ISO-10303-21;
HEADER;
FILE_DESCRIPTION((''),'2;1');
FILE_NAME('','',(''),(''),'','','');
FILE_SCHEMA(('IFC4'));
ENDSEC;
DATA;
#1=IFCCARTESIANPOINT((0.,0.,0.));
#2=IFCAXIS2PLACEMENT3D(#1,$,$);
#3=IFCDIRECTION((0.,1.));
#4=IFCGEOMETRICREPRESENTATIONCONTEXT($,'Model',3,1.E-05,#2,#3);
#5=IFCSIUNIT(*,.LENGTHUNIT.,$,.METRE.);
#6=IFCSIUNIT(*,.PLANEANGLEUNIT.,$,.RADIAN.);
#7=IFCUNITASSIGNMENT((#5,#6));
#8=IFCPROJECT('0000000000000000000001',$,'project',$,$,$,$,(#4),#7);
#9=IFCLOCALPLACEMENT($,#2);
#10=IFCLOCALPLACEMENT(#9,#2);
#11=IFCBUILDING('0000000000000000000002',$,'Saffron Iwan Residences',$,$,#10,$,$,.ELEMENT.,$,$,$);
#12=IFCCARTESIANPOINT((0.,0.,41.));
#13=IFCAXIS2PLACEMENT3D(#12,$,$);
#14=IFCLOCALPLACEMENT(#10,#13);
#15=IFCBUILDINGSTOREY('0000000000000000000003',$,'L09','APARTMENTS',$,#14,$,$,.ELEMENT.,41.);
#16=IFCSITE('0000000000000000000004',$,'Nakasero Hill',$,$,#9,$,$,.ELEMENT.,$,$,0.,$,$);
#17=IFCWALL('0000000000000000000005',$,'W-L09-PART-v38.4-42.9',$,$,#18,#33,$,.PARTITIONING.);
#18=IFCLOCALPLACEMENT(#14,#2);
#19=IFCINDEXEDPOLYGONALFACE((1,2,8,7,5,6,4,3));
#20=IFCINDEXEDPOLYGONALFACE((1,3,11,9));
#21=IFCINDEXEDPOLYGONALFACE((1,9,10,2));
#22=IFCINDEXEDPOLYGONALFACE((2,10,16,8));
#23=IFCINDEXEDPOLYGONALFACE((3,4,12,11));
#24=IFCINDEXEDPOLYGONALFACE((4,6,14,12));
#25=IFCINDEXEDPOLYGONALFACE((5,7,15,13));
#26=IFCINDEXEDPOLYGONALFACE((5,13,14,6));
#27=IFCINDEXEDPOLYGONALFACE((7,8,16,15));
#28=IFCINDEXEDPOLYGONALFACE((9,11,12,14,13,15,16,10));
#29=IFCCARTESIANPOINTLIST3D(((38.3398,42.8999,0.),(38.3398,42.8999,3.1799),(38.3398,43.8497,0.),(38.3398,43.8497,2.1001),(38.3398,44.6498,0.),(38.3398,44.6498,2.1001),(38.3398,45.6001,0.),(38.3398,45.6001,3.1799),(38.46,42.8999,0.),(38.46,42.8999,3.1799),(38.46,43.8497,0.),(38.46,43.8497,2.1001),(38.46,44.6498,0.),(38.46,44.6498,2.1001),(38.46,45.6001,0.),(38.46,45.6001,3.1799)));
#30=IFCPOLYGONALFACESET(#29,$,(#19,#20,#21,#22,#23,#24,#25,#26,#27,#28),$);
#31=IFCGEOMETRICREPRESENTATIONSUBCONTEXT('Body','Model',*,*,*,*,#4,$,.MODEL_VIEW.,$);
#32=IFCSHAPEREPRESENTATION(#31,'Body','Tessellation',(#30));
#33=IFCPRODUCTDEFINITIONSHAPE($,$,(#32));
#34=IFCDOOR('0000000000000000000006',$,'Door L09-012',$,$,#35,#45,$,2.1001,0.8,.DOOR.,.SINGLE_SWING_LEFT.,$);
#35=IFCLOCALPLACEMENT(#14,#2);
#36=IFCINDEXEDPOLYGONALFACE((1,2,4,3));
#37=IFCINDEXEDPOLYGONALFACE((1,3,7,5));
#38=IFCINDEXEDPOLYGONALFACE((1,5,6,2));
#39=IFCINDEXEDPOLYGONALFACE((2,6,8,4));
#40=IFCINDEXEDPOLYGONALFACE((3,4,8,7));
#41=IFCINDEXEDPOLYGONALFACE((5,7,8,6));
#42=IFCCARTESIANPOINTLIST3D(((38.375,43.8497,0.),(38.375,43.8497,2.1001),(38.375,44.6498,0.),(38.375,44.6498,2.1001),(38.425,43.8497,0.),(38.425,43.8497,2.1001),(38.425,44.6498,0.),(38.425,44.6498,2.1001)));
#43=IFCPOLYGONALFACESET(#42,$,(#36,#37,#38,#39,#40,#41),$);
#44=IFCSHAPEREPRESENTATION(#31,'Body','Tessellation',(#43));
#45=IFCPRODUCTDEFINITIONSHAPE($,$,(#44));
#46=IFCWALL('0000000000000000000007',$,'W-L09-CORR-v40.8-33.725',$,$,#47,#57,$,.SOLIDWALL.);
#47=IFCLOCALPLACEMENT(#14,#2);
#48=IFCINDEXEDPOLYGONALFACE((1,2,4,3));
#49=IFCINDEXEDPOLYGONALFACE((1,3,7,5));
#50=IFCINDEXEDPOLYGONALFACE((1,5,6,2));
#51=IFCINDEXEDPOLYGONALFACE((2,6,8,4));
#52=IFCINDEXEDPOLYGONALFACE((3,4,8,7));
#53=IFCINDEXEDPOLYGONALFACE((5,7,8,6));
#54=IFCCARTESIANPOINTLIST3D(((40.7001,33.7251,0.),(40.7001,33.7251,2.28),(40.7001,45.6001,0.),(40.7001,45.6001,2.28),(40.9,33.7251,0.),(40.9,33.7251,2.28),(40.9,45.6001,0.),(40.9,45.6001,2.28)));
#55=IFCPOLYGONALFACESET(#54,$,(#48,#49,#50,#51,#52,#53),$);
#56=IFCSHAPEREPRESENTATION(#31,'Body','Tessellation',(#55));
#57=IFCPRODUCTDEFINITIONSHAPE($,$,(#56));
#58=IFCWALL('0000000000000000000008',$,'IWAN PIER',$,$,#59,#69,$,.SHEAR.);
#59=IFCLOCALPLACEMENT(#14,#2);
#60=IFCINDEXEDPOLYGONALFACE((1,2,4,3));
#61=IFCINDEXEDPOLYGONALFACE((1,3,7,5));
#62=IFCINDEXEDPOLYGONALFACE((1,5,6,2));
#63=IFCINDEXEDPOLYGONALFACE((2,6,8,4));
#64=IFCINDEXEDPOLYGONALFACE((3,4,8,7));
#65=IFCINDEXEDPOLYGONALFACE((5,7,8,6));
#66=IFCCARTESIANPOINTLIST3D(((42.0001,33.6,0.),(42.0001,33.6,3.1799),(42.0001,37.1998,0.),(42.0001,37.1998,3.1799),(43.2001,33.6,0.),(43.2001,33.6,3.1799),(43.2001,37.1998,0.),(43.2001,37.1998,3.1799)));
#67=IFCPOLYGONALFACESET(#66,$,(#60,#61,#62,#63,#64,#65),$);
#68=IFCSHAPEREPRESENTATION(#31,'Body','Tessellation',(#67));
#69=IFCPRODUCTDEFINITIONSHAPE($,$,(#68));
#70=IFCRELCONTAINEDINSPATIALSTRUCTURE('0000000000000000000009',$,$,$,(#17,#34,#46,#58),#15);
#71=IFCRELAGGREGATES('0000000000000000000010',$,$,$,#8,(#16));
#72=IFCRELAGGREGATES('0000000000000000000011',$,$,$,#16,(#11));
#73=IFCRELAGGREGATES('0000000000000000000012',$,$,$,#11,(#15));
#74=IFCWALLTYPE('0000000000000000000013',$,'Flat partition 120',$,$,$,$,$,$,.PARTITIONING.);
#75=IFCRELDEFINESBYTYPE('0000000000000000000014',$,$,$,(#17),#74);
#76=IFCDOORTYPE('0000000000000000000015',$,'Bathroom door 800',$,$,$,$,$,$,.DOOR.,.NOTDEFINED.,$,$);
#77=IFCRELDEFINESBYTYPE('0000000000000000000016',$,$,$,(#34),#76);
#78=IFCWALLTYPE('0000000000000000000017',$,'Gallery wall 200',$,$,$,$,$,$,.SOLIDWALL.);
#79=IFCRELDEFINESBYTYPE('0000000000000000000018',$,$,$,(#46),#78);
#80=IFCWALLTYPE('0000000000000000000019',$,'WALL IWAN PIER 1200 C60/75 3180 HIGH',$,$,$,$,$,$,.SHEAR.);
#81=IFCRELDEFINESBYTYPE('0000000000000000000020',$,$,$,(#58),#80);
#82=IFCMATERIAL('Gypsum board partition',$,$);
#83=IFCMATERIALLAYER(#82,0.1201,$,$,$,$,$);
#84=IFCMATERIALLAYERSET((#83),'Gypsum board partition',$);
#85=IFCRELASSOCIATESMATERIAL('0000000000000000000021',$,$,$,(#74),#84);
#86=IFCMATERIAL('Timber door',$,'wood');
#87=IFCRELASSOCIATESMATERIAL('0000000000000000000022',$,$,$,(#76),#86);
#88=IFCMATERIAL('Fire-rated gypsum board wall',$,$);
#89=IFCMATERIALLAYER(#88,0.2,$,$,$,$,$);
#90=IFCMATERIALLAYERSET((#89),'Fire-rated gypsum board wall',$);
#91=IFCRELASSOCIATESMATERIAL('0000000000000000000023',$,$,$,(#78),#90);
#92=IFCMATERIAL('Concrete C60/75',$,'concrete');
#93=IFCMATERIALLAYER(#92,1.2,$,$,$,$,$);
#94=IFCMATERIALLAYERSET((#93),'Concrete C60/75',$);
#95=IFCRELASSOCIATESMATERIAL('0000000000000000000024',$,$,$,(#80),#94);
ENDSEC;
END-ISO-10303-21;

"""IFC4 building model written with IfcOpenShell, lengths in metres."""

from ifc_helpers import new_model, si_unit, direction, frame, frame_2d, origin, place, context, subcontext, project, spatial, rectangle, extrude, material, layer, layer_set, type_object, element, fill, save


model = new_model("IFC4")

# Units and contexts
model_context = context("Model", 3, precision=1e-05, world=origin(), true_north=direction((0.0, 1.0)))
body_context = subcontext(model_context, "Body", "Model", "MODEL_VIEW")
ifc_project = project(units=[si_unit("LENGTHUNIT", "METRE"), si_unit("PLANEANGLEUNIT", "RADIAN")], contexts=[model_context])

# Site, building, storey
site_placement = place(None, origin())
site = spatial("IfcSite", under=ifc_project, at=site_placement, Name="Nakasero Hill", CompositionType="ELEMENT", RefElevation=0.0)
building_placement = place(site_placement, origin())
building = spatial("IfcBuilding", under=site, at=building_placement, Name="Saffron Iwan Residences", CompositionType="ELEMENT")
storey_placement = place(building_placement, frame((0.0, 0.0, 41.0)))
storey = spatial("IfcBuildingStorey", under=building, at=storey_placement, Name="L09", Description="APARTMENTS", CompositionType="ELEMENT", Elevation=41.0)

# Shared definitions
ifc_material_1 = material(Name="Concrete C60/75", Category="concrete")

# Shared definitions
ifc_material_2 = material(Name="Gypsum board partition")
ifc_layer_1 = layer(ifc_material_2, 0.1201)
ifc_layer_set_1 = layer_set([ifc_layer_1], Name="Gypsum board partition")
wall_type_1 = type_object("IfcWallType", Name="Flat partition 120", PredefinedType="PARTITIONING", material=ifc_layer_set_1)

# Wall, opening, door
ifc_material_3 = material(Name="Timber door", Category="wood")
wall_1_placement = place(storey_placement, frame((38.3999, 42.8999, 0.0), z_axis=(0.0, 0.0, 1.0), x_axis=(0.0, 1.0, 0.0)))
wall_1 = element("IfcWall", 1, at=wall_1_placement, inside=storey, type_object=wall_type_1, Name="W-L09-PART-v38.4-42.9", PredefinedType="PARTITIONING", context=body_context, shape_type="SweptSolid", body=[
    extrude(rectangle(XDim=2.7002, YDim=0.1201, at=frame_2d((1.3501, 0.0))), origin(), (0.0, 0.0, 1.0), 3.1799),
])
opening_1_placement = place(wall_1_placement, frame((0.95, 0.0, 0.0)))
opening_1 = element("IfcOpeningElement", 2, at=opening_1_placement, cuts=wall_1, PredefinedType="OPENING", context=body_context, shape_type="SweptSolid", body=[
    extrude(rectangle(XDim=0.8, YDim=2.1001, at=frame_2d((0.3999, 1.05))), frame((0.0, 0.0701, 0.0), z_axis=(0.0, -1.0, 0.0), x_axis=(1.0, 0.0, 0.0)), (0.0, 0.0, 1.0), 0.1401),
])
door_type_1 = type_object("IfcDoorType", Name="Bathroom door 800", OperationType="NOTDEFINED", PredefinedType="DOOR", material=ifc_material_3)
door_1_placement = place(opening_1_placement, origin())
door_1 = element("IfcDoor", 3, at=door_1_placement, inside=storey, type_object=door_type_1, Name="Door L09-012", OperationType="SINGLE_SWING_LEFT", OverallHeight=2.1001, OverallWidth=0.8, PredefinedType="DOOR", context=body_context, shape_type="SweptSolid", body=[
    extrude(rectangle(XDim=0.8, YDim=2.1001, at=frame_2d((0.3999, 1.05))), frame((0.0, 0.0249, 0.0), z_axis=(0.0, -1.0, 0.0), x_axis=(1.0, 0.0, 0.0)), (0.0, 0.0, 1.0), 0.05),
])
fill(opening_1, door_1)

# Walls
ifc_material_4 = material(Name="Fire-rated gypsum board wall")
ifc_layer_2 = layer(ifc_material_4, 0.2)
ifc_layer_set_2 = layer_set([ifc_layer_2], Name="Fire-rated gypsum board wall")
wall_type_2 = type_object("IfcWallType", Name="Gallery wall 200", PredefinedType="SOLIDWALL", material=ifc_layer_set_2)
wall_2_placement = place(storey_placement, frame((40.8, 33.7251, 0.0), z_axis=(0.0, 0.0, 1.0), x_axis=(0.0, 1.0, 0.0)))
element("IfcWall", 4, at=wall_2_placement, inside=storey, type_object=wall_type_2, Name="W-L09-CORR-v40.8-33.725", PredefinedType="SOLIDWALL", context=body_context, shape_type="SweptSolid", body=[
    extrude(rectangle(XDim=11.875, YDim=0.2, at=frame_2d((5.9375, 0.0))), origin(), (0.0, 0.0, 1.0), 2.28),
])
ifc_layer_3 = layer(ifc_material_1, 1.2)
ifc_layer_set_3 = layer_set([ifc_layer_3], Name="Concrete C60/75")
wall_type_3 = type_object("IfcWallType", Name="WALL IWAN PIER 1200 C60/75 3180 HIGH", PredefinedType="SHEAR", material=ifc_layer_set_3)
wall_3_placement = place(storey_placement, frame((42.6001, 33.6001, 0.0), z_axis=(0.0, 0.0, 1.0), x_axis=(0.0, 1.0, 0.0)))
element("IfcWall", 5, at=wall_3_placement, inside=storey, type_object=wall_type_3, Name="IWAN PIER", PredefinedType="SHEAR", context=body_context, shape_type="SweptSolid", body=[
    extrude(rectangle(XDim=3.5999, YDim=1.2, at=frame_2d((1.7998, 0.0))), origin(), (0.0, 0.0, 1.0), 3.1799),
])

save(model, "model.ifc")
